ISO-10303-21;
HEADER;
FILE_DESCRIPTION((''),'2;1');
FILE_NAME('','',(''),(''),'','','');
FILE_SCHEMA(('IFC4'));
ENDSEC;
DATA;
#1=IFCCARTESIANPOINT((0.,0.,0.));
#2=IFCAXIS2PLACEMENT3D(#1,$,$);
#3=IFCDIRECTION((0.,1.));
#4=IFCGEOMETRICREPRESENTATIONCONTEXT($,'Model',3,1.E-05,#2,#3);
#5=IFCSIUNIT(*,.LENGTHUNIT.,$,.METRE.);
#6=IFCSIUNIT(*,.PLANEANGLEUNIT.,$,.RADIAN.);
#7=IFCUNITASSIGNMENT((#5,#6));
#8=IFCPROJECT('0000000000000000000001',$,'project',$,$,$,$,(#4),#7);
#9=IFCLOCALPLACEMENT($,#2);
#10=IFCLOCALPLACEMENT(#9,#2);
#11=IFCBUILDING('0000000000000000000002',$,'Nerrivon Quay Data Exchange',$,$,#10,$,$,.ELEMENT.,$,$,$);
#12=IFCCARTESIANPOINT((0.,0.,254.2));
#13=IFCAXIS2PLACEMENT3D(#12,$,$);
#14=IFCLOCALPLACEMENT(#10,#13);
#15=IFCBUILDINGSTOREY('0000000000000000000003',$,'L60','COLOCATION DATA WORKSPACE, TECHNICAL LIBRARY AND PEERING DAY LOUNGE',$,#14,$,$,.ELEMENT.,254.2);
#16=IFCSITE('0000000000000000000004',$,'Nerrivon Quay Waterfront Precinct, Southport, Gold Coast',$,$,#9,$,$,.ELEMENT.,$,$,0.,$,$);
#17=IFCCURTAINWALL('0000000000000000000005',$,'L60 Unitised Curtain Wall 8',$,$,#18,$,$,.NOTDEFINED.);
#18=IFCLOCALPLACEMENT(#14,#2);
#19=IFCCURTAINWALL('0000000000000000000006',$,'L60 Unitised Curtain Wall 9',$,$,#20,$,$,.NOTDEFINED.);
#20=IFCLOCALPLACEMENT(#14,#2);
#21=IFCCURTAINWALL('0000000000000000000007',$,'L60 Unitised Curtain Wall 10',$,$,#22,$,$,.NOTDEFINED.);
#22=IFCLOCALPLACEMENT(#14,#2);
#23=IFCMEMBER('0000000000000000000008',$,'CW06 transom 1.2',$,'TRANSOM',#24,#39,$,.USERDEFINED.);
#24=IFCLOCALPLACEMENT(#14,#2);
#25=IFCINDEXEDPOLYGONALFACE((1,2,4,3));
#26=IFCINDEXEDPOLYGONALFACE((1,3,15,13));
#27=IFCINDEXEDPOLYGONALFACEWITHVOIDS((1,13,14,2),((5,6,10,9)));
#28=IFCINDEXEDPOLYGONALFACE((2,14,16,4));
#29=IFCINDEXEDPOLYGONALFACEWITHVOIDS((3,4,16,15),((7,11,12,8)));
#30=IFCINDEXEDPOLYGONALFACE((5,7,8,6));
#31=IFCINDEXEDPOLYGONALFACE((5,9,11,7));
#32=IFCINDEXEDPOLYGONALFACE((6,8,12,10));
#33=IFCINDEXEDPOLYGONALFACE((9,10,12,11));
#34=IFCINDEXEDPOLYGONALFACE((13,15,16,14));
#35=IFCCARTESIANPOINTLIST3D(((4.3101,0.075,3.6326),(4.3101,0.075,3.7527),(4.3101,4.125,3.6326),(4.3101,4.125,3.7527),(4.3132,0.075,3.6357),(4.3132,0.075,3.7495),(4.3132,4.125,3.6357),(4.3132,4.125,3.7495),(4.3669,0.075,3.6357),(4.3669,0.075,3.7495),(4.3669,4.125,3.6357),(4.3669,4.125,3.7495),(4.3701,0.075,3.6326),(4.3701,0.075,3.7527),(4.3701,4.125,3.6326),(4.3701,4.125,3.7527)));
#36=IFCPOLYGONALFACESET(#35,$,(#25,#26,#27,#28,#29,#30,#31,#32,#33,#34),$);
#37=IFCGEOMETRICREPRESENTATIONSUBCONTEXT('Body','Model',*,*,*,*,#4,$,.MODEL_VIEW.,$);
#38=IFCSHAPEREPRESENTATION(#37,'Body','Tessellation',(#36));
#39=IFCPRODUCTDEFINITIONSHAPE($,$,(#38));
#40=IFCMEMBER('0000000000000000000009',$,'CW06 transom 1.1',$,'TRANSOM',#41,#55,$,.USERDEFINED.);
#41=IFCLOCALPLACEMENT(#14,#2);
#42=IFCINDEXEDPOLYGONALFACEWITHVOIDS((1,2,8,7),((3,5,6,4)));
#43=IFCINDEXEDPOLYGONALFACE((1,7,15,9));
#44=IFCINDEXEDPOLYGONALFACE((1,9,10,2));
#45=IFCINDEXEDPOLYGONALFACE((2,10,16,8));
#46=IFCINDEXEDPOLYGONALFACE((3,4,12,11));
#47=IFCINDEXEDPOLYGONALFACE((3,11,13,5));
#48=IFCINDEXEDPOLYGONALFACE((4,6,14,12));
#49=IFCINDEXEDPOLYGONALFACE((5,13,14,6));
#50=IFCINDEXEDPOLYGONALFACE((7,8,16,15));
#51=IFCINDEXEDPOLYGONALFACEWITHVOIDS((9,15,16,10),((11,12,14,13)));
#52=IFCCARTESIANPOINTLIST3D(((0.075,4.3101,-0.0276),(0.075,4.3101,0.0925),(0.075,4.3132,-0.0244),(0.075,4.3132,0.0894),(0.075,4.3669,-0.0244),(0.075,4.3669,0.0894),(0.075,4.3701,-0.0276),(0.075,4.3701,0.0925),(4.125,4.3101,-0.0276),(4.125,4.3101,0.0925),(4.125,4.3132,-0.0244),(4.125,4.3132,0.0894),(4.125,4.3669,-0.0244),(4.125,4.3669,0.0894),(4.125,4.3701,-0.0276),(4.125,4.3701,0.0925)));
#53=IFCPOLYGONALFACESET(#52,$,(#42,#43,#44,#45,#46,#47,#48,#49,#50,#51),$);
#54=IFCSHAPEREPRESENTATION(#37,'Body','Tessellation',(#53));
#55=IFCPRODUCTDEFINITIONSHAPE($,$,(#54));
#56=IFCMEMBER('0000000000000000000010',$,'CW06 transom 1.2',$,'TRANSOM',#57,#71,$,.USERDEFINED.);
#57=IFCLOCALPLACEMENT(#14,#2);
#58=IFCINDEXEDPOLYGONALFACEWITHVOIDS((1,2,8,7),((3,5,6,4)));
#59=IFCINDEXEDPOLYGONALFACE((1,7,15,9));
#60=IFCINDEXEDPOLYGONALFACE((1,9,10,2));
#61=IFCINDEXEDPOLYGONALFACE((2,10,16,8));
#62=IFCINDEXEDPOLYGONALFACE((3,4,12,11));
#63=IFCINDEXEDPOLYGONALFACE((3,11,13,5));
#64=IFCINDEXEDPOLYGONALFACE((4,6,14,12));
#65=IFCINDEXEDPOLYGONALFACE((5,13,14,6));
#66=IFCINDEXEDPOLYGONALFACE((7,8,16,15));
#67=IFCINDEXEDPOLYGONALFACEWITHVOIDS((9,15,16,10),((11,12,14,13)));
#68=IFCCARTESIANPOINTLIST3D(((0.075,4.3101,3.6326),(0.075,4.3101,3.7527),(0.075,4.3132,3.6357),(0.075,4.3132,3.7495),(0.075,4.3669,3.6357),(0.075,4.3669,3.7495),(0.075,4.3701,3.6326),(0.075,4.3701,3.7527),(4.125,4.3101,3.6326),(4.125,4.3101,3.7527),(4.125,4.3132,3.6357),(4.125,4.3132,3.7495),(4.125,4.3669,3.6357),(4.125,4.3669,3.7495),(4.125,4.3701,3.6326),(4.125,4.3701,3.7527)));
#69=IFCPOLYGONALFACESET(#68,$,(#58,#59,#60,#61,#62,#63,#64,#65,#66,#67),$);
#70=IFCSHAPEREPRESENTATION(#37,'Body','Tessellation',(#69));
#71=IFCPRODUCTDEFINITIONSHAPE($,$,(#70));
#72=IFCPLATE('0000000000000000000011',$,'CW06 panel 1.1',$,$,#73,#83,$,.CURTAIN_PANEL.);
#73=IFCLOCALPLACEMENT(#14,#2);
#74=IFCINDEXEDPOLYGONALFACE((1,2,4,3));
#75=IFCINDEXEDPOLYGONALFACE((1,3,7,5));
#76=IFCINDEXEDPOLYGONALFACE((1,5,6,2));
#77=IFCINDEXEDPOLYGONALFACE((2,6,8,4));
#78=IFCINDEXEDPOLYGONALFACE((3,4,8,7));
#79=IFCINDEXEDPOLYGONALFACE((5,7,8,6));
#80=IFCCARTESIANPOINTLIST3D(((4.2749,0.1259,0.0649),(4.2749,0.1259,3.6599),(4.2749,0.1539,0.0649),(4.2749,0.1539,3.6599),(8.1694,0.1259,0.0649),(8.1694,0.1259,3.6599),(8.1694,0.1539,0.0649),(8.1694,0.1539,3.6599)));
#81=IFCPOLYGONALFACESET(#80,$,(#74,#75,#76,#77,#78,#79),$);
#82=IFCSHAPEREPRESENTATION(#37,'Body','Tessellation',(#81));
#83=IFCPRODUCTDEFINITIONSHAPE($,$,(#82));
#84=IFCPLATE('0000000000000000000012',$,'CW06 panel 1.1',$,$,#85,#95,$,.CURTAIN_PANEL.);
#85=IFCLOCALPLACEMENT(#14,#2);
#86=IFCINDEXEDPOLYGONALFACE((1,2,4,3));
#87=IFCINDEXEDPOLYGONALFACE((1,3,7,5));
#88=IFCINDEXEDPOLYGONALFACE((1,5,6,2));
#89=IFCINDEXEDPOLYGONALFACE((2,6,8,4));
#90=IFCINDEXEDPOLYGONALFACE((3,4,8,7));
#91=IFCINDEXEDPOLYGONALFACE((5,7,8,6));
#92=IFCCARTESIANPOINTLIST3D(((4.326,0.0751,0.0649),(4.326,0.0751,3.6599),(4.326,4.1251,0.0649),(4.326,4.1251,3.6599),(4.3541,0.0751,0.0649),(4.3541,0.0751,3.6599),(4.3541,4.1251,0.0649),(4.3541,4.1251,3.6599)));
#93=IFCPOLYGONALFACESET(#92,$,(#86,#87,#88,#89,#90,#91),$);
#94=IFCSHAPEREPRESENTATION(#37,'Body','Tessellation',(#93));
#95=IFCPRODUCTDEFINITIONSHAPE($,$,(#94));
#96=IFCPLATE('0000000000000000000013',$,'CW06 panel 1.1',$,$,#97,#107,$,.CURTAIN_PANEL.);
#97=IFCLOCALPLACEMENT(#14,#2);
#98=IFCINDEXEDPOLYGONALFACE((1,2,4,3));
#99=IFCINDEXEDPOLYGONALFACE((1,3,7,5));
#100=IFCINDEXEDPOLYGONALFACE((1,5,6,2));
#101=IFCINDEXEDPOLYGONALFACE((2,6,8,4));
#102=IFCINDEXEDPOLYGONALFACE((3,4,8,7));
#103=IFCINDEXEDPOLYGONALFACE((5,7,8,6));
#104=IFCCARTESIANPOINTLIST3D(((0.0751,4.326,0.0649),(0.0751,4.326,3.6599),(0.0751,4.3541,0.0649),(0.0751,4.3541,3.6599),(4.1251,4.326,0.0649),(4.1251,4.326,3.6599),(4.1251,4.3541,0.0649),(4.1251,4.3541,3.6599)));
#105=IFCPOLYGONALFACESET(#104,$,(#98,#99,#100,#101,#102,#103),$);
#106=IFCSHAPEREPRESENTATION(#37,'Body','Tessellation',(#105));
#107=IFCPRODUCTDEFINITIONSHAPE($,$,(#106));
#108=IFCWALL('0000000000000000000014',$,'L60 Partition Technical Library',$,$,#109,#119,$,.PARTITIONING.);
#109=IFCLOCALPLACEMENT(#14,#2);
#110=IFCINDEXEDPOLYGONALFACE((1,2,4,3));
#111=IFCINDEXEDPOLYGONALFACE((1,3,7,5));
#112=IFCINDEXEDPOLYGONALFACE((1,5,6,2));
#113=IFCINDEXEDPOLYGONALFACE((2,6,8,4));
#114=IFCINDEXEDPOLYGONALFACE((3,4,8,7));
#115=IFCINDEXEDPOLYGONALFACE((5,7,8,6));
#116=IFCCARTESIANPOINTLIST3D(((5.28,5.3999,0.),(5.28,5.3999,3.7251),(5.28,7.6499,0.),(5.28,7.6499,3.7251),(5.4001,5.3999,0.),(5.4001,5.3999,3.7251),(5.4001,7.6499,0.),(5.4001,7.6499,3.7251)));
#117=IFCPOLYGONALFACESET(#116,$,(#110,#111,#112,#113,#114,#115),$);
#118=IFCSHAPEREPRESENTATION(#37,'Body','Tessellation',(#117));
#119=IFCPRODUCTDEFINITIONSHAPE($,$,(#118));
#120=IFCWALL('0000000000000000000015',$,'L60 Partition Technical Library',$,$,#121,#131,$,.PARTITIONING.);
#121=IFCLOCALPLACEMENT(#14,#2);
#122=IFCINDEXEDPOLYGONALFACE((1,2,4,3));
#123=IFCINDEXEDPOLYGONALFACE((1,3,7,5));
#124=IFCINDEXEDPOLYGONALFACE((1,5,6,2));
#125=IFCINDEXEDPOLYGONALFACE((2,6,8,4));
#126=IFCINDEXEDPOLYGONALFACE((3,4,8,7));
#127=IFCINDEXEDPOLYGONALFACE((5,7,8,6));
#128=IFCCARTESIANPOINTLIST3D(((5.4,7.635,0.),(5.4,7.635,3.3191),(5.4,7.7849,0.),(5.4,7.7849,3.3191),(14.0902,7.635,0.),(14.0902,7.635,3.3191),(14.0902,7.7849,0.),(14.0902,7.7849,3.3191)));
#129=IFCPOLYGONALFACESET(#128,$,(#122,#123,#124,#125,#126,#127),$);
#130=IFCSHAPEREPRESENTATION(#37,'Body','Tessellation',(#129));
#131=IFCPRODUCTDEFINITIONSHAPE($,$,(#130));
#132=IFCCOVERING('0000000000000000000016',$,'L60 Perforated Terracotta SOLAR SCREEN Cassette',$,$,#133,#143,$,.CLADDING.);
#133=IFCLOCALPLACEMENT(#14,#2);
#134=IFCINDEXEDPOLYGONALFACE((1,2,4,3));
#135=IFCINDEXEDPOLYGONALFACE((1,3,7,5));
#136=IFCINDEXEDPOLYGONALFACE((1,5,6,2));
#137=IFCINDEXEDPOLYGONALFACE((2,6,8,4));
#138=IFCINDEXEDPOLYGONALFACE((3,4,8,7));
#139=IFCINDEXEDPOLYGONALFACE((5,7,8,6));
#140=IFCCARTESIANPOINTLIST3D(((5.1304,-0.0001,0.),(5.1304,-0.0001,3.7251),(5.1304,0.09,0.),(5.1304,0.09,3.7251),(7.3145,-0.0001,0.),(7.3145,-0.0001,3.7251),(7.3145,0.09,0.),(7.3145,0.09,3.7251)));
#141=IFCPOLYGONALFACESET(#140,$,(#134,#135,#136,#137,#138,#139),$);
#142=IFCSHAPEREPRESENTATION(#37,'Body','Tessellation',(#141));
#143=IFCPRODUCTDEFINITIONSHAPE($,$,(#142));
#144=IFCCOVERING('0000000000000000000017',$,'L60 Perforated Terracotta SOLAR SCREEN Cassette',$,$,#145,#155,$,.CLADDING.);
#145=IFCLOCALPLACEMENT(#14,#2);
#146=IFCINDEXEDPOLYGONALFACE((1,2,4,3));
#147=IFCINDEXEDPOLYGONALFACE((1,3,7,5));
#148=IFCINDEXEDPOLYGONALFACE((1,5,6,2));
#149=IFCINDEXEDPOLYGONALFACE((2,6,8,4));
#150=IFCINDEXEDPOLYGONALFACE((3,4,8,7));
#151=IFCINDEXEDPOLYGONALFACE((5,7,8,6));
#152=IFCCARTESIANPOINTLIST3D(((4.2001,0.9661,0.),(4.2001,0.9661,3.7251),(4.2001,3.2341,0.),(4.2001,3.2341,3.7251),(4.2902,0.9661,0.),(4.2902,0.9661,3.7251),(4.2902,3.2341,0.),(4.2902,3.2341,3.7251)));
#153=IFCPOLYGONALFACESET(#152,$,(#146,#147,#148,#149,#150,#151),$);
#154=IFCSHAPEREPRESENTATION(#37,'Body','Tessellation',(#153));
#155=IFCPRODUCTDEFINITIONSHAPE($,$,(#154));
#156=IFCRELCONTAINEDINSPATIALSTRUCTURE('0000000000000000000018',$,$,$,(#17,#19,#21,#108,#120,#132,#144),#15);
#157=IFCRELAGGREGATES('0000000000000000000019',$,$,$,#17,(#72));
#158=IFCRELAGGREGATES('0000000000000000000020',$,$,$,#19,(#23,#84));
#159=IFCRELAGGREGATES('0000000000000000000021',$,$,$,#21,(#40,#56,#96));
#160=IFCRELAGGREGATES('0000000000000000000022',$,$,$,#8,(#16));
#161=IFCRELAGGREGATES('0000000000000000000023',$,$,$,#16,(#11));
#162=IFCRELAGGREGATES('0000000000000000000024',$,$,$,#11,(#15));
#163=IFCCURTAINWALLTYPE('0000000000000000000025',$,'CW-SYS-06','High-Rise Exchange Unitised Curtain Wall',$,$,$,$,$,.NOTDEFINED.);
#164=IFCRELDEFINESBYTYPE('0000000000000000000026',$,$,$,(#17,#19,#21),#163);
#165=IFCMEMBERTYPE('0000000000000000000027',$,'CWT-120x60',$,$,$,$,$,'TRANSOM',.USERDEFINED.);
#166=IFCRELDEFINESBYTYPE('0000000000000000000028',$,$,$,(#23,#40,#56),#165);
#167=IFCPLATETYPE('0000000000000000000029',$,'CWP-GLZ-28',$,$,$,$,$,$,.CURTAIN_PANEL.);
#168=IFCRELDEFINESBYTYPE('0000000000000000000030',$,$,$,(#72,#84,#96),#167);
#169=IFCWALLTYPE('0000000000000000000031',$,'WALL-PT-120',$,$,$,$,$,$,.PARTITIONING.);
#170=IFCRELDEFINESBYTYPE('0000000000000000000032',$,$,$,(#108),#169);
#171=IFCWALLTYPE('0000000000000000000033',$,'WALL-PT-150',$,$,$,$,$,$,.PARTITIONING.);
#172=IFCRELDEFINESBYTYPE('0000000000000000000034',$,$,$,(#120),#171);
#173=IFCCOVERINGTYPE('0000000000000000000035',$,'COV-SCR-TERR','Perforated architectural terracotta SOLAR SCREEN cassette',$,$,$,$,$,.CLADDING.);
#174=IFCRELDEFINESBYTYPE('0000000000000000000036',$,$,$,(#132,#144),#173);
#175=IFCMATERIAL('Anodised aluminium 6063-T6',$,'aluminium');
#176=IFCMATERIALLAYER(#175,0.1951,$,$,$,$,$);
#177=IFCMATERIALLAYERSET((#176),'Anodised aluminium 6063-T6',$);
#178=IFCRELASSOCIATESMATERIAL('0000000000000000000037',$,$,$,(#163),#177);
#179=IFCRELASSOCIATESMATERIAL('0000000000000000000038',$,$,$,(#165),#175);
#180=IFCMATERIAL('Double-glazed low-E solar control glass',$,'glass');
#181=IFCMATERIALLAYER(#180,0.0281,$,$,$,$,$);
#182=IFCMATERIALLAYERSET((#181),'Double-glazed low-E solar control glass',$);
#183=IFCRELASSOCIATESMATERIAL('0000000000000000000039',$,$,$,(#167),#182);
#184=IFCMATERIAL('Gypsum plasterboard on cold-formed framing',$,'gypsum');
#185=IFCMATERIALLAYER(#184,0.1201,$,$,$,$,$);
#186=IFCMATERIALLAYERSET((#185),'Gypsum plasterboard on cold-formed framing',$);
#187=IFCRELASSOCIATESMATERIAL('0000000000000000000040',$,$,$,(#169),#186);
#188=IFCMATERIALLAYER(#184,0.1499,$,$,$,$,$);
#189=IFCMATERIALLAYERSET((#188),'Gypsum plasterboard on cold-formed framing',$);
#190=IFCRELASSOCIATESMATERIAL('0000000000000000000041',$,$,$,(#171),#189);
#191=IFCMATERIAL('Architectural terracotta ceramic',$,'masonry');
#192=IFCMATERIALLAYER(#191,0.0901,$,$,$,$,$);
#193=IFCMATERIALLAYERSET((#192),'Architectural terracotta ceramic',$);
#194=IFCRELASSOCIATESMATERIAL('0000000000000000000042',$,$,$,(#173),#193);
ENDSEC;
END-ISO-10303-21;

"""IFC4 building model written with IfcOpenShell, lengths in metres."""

from ifc_helpers import new_model, si_unit, direction, frame, frame_2d, origin, origin_2d, place, context, subcontext, project, spatial, rectangle, hollow_rectangle, extrude, material, layer, layer_set, material_profile, profile_set, type_object, element, aggregate, save


model = new_model("IFC4")

# Units and contexts
model_context = context("Model", 3, precision=1e-05, world=origin(), true_north=direction((0.0, 1.0)))
body_context = subcontext(model_context, "Body", "Model", "MODEL_VIEW")
ifc_project = project(units=[si_unit("LENGTHUNIT", "METRE"), si_unit("PLANEANGLEUNIT", "RADIAN")], contexts=[model_context])

# Site, building, storey
site_placement = place(None, origin())
site = spatial("IfcSite", under=ifc_project, at=site_placement, Name="Nerrivon Quay Waterfront Precinct, Southport, Gold Coast", CompositionType="ELEMENT", RefElevation=0.0)
building_placement = place(site_placement, origin())
building = spatial("IfcBuilding", under=site, at=building_placement, Name="Nerrivon Quay Data Exchange", CompositionType="ELEMENT")
storey_placement = place(building_placement, frame((0.0, 0.0, 254.2)))
storey = spatial("IfcBuildingStorey", under=building, at=storey_placement, Name="L60", Description="COLOCATION DATA WORKSPACE, TECHNICAL LIBRARY AND PEERING DAY LOUNGE", CompositionType="ELEMENT", Elevation=254.2)

# Curtain walls
ifc_material_1 = material(Name="Anodised aluminium 6063-T6", Category="aluminium")
ifc_layer_1 = layer(ifc_material_1, 0.1951)
ifc_layer_set_1 = layer_set([ifc_layer_1], Name="Anodised aluminium 6063-T6")
curtain_wall_type = type_object("IfcCurtainWallType", Name="CW-SYS-06", Description="High-Rise Exchange Unitised Curtain Wall", PredefinedType="NOTDEFINED", material=ifc_layer_set_1)
curtain_wall_1_placement = place(storey_placement, origin())
curtain_wall_1 = element("IfcCurtainWall", 1, at=curtain_wall_1_placement, inside=storey, type_object=curtain_wall_type, Name="L60 Unitised Curtain Wall 8", PredefinedType="NOTDEFINED")
curtain_wall_2_placement = place(storey_placement, origin())
curtain_wall_2 = element("IfcCurtainWall", 2, at=curtain_wall_2_placement, inside=storey, type_object=curtain_wall_type, Name="L60 Unitised Curtain Wall 9", PredefinedType="NOTDEFINED")

# Curtain wall
curtain_wall_3_placement = place(storey_placement, origin())
curtain_wall_3 = element("IfcCurtainWall", 3, at=curtain_wall_3_placement, inside=storey, type_object=curtain_wall_type, Name="L60 Unitised Curtain Wall 10", PredefinedType="NOTDEFINED")

# Members
ifc_material_profile_1 = material_profile(ifc_material_1, hollow_rectangle(XDim=0.0601, YDim=0.1201, WallThickness=0.0032, at=origin_2d()), Name="ALU-TRAN-120x60")
ifc_profile_set_1 = profile_set([ifc_material_profile_1], Name="Anodised aluminium 6063-T6")
member_type_1 = type_object("IfcMemberType", Name="CWT-120x60", ElementType="TRANSOM", PredefinedType="USERDEFINED", material=ifc_profile_set_1)
member_1_placement = place(storey_placement, frame((4.3401, 0.075, 3.6926), z_axis=(0.0, 1.0, 0.0), x_axis=(-1.0, 0.0, 0.0)))
member_1 = element("IfcMember", 4, at=member_1_placement, type_object=member_type_1, Name="CW06 transom 1.2", ObjectType="TRANSOM", PredefinedType="USERDEFINED", context=body_context, shape_type="SweptSolid", body=[
    extrude(hollow_rectangle(XDim=0.0601, YDim=0.1201, WallThickness=0.0032, at=origin_2d()), origin(), (0.0, 0.0, 1.0), 4.05),
])
member_2_placement = place(storey_placement, frame((4.125, 4.3401, 0.0325), z_axis=(-1.0, 0.0, 0.0), x_axis=(0.0, -1.0, 0.0)))
member_2 = element("IfcMember", 5, at=member_2_placement, type_object=member_type_1, Name="CW06 transom 1.1", ObjectType="TRANSOM", PredefinedType="USERDEFINED", context=body_context, shape_type="SweptSolid", body=[
    extrude(hollow_rectangle(XDim=0.0601, YDim=0.1201, WallThickness=0.0032, at=origin_2d()), origin(), (0.0, 0.0, 1.0), 4.05),
])
member_3_placement = place(storey_placement, frame((4.125, 4.3401, 3.6926), z_axis=(-1.0, 0.0, 0.0), x_axis=(0.0, -1.0, 0.0)))
member_3 = element("IfcMember", 6, at=member_3_placement, type_object=member_type_1, Name="CW06 transom 1.2", ObjectType="TRANSOM", PredefinedType="USERDEFINED", context=body_context, shape_type="SweptSolid", body=[
    extrude(hollow_rectangle(XDim=0.0601, YDim=0.1201, WallThickness=0.0032, at=origin_2d()), origin(), (0.0, 0.0, 1.0), 4.05),
])

# Plates
ifc_material_2 = material(Name="Double-glazed low-E solar control glass", Category="glass")
ifc_layer_2 = layer(ifc_material_2, 0.0281)
ifc_layer_set_2 = layer_set([ifc_layer_2], Name="Double-glazed low-E solar control glass")
plate_type = type_object("IfcPlateType", Name="CWP-GLZ-28", PredefinedType="CURTAIN_PANEL", material=ifc_layer_set_2)
plate_1_placement = place(storey_placement, frame((6.2222, 0.1399, 0.0649), z_axis=(0.0, 0.0, 1.0), x_axis=(-1.0, 0.0, 0.0)))
plate_1 = element("IfcPlate", 7, at=plate_1_placement, type_object=plate_type, Name="CW06 panel 1.1", PredefinedType="CURTAIN_PANEL", context=body_context, shape_type="SweptSolid", body=[
    extrude(rectangle(XDim=3.8945, YDim=0.0281, at=origin_2d()), origin(), (0.0, 0.0, 1.0), 3.595),
])
aggregate(curtain_wall_1, [plate_1])
plate_2_placement = place(storey_placement, frame((4.3401, 2.1001, 0.0649), z_axis=(0.0, 0.0, 1.0), x_axis=(0.0, 1.0, 0.0)))
plate_2 = element("IfcPlate", 8, at=plate_2_placement, type_object=plate_type, Name="CW06 panel 1.1", PredefinedType="CURTAIN_PANEL", context=body_context, shape_type="SweptSolid", body=[
    extrude(rectangle(XDim=4.05, YDim=0.0281, at=origin_2d()), origin(), (0.0, 0.0, 1.0), 3.595),
])
aggregate(curtain_wall_2, [member_1, plate_2])
plate_3_placement = place(storey_placement, frame((2.1001, 4.3401, 0.0649), z_axis=(0.0, 0.0, 1.0), x_axis=(-1.0, 0.0, 0.0)))
plate_3 = element("IfcPlate", 9, at=plate_3_placement, type_object=plate_type, Name="CW06 panel 1.1", PredefinedType="CURTAIN_PANEL", context=body_context, shape_type="SweptSolid", body=[
    extrude(rectangle(XDim=4.05, YDim=0.0281, at=origin_2d()), origin(), (0.0, 0.0, 1.0), 3.595),
])
aggregate(curtain_wall_3, [member_2, member_3, plate_3])

# Walls
ifc_material_3 = material(Name="Gypsum plasterboard on cold-formed framing", Category="gypsum")
ifc_layer_3 = layer(ifc_material_3, 0.1201)
ifc_layer_set_3 = layer_set([ifc_layer_3], Name="Gypsum plasterboard on cold-formed framing")
wall_type_1 = type_object("IfcWallType", Name="WALL-PT-120", PredefinedType="PARTITIONING", material=ifc_layer_set_3)
wall_1_placement = place(storey_placement, frame((5.3401, 5.3999, 0.0), z_axis=(0.0, 0.0, 1.0), x_axis=(0.0, 1.0, 0.0)))
element("IfcWall", 10, at=wall_1_placement, inside=storey, type_object=wall_type_1, Name="L60 Partition Technical Library", PredefinedType="PARTITIONING", context=body_context, shape_type="SweptSolid", body=[
    extrude(rectangle(XDim=2.25, YDim=0.1201, at=frame_2d((1.125, 0.0))), origin(), (0.0, 0.0, 1.0), 3.7251),
])
ifc_layer_4 = layer(ifc_material_3, 0.1499)
ifc_layer_set_4 = layer_set([ifc_layer_4], Name="Gypsum plasterboard on cold-formed framing")
wall_type_2 = type_object("IfcWallType", Name="WALL-PT-150", PredefinedType="PARTITIONING", material=ifc_layer_set_4)
wall_2_placement = place(storey_placement, frame((5.3999, 7.71, 0.0), z_axis=(0.0, 0.0, 1.0), x_axis=(1.0, 0.0, 0.0)))
element("IfcWall", 11, at=wall_2_placement, inside=storey, type_object=wall_type_2, Name="L60 Partition Technical Library", PredefinedType="PARTITIONING", context=body_context, shape_type="SweptSolid", body=[
    extrude(rectangle(XDim=8.6902, YDim=0.1499, at=frame_2d((4.3452, 0.0))), origin(), (0.0, 0.0, 1.0), 3.3191),
])

# Coverings
ifc_material_4 = material(Name="Architectural terracotta ceramic", Category="masonry")
ifc_layer_5 = layer(ifc_material_4, 0.0901)
ifc_layer_set_5 = layer_set([ifc_layer_5], Name="Architectural terracotta ceramic")
covering_type = type_object("IfcCoveringType", Name="COV-SCR-TERR", Description="Perforated architectural terracotta SOLAR SCREEN cassette", PredefinedType="CLADDING", material=ifc_layer_set_5)
covering_1_placement = place(storey_placement, frame((6.2224, 0.0449, 0.0), z_axis=(0.0, 0.0, 1.0), x_axis=(-1.0, 0.0, 0.0)))
element("IfcCovering", 12, at=covering_1_placement, inside=storey, type_object=covering_type, Name="L60 Perforated Terracotta SOLAR SCREEN Cassette", PredefinedType="CLADDING", context=body_context, shape_type="SweptSolid", body=[
    extrude(rectangle(XDim=2.1841, YDim=0.0901, at=origin_2d()), origin(), (0.0, 0.0, 1.0), 3.7251),
])
covering_2_placement = place(storey_placement, frame((4.2451, 2.1001, 0.0), z_axis=(0.0, 0.0, 1.0), x_axis=(0.0, 1.0, 0.0)))
element("IfcCovering", 13, at=covering_2_placement, inside=storey, type_object=covering_type, Name="L60 Perforated Terracotta SOLAR SCREEN Cassette", PredefinedType="CLADDING", context=body_context, shape_type="SweptSolid", body=[
    extrude(rectangle(XDim=2.2681, YDim=0.0901, at=origin_2d()), origin(), (0.0, 0.0, 1.0), 3.7251),
])

save(model, "model.ifc")
